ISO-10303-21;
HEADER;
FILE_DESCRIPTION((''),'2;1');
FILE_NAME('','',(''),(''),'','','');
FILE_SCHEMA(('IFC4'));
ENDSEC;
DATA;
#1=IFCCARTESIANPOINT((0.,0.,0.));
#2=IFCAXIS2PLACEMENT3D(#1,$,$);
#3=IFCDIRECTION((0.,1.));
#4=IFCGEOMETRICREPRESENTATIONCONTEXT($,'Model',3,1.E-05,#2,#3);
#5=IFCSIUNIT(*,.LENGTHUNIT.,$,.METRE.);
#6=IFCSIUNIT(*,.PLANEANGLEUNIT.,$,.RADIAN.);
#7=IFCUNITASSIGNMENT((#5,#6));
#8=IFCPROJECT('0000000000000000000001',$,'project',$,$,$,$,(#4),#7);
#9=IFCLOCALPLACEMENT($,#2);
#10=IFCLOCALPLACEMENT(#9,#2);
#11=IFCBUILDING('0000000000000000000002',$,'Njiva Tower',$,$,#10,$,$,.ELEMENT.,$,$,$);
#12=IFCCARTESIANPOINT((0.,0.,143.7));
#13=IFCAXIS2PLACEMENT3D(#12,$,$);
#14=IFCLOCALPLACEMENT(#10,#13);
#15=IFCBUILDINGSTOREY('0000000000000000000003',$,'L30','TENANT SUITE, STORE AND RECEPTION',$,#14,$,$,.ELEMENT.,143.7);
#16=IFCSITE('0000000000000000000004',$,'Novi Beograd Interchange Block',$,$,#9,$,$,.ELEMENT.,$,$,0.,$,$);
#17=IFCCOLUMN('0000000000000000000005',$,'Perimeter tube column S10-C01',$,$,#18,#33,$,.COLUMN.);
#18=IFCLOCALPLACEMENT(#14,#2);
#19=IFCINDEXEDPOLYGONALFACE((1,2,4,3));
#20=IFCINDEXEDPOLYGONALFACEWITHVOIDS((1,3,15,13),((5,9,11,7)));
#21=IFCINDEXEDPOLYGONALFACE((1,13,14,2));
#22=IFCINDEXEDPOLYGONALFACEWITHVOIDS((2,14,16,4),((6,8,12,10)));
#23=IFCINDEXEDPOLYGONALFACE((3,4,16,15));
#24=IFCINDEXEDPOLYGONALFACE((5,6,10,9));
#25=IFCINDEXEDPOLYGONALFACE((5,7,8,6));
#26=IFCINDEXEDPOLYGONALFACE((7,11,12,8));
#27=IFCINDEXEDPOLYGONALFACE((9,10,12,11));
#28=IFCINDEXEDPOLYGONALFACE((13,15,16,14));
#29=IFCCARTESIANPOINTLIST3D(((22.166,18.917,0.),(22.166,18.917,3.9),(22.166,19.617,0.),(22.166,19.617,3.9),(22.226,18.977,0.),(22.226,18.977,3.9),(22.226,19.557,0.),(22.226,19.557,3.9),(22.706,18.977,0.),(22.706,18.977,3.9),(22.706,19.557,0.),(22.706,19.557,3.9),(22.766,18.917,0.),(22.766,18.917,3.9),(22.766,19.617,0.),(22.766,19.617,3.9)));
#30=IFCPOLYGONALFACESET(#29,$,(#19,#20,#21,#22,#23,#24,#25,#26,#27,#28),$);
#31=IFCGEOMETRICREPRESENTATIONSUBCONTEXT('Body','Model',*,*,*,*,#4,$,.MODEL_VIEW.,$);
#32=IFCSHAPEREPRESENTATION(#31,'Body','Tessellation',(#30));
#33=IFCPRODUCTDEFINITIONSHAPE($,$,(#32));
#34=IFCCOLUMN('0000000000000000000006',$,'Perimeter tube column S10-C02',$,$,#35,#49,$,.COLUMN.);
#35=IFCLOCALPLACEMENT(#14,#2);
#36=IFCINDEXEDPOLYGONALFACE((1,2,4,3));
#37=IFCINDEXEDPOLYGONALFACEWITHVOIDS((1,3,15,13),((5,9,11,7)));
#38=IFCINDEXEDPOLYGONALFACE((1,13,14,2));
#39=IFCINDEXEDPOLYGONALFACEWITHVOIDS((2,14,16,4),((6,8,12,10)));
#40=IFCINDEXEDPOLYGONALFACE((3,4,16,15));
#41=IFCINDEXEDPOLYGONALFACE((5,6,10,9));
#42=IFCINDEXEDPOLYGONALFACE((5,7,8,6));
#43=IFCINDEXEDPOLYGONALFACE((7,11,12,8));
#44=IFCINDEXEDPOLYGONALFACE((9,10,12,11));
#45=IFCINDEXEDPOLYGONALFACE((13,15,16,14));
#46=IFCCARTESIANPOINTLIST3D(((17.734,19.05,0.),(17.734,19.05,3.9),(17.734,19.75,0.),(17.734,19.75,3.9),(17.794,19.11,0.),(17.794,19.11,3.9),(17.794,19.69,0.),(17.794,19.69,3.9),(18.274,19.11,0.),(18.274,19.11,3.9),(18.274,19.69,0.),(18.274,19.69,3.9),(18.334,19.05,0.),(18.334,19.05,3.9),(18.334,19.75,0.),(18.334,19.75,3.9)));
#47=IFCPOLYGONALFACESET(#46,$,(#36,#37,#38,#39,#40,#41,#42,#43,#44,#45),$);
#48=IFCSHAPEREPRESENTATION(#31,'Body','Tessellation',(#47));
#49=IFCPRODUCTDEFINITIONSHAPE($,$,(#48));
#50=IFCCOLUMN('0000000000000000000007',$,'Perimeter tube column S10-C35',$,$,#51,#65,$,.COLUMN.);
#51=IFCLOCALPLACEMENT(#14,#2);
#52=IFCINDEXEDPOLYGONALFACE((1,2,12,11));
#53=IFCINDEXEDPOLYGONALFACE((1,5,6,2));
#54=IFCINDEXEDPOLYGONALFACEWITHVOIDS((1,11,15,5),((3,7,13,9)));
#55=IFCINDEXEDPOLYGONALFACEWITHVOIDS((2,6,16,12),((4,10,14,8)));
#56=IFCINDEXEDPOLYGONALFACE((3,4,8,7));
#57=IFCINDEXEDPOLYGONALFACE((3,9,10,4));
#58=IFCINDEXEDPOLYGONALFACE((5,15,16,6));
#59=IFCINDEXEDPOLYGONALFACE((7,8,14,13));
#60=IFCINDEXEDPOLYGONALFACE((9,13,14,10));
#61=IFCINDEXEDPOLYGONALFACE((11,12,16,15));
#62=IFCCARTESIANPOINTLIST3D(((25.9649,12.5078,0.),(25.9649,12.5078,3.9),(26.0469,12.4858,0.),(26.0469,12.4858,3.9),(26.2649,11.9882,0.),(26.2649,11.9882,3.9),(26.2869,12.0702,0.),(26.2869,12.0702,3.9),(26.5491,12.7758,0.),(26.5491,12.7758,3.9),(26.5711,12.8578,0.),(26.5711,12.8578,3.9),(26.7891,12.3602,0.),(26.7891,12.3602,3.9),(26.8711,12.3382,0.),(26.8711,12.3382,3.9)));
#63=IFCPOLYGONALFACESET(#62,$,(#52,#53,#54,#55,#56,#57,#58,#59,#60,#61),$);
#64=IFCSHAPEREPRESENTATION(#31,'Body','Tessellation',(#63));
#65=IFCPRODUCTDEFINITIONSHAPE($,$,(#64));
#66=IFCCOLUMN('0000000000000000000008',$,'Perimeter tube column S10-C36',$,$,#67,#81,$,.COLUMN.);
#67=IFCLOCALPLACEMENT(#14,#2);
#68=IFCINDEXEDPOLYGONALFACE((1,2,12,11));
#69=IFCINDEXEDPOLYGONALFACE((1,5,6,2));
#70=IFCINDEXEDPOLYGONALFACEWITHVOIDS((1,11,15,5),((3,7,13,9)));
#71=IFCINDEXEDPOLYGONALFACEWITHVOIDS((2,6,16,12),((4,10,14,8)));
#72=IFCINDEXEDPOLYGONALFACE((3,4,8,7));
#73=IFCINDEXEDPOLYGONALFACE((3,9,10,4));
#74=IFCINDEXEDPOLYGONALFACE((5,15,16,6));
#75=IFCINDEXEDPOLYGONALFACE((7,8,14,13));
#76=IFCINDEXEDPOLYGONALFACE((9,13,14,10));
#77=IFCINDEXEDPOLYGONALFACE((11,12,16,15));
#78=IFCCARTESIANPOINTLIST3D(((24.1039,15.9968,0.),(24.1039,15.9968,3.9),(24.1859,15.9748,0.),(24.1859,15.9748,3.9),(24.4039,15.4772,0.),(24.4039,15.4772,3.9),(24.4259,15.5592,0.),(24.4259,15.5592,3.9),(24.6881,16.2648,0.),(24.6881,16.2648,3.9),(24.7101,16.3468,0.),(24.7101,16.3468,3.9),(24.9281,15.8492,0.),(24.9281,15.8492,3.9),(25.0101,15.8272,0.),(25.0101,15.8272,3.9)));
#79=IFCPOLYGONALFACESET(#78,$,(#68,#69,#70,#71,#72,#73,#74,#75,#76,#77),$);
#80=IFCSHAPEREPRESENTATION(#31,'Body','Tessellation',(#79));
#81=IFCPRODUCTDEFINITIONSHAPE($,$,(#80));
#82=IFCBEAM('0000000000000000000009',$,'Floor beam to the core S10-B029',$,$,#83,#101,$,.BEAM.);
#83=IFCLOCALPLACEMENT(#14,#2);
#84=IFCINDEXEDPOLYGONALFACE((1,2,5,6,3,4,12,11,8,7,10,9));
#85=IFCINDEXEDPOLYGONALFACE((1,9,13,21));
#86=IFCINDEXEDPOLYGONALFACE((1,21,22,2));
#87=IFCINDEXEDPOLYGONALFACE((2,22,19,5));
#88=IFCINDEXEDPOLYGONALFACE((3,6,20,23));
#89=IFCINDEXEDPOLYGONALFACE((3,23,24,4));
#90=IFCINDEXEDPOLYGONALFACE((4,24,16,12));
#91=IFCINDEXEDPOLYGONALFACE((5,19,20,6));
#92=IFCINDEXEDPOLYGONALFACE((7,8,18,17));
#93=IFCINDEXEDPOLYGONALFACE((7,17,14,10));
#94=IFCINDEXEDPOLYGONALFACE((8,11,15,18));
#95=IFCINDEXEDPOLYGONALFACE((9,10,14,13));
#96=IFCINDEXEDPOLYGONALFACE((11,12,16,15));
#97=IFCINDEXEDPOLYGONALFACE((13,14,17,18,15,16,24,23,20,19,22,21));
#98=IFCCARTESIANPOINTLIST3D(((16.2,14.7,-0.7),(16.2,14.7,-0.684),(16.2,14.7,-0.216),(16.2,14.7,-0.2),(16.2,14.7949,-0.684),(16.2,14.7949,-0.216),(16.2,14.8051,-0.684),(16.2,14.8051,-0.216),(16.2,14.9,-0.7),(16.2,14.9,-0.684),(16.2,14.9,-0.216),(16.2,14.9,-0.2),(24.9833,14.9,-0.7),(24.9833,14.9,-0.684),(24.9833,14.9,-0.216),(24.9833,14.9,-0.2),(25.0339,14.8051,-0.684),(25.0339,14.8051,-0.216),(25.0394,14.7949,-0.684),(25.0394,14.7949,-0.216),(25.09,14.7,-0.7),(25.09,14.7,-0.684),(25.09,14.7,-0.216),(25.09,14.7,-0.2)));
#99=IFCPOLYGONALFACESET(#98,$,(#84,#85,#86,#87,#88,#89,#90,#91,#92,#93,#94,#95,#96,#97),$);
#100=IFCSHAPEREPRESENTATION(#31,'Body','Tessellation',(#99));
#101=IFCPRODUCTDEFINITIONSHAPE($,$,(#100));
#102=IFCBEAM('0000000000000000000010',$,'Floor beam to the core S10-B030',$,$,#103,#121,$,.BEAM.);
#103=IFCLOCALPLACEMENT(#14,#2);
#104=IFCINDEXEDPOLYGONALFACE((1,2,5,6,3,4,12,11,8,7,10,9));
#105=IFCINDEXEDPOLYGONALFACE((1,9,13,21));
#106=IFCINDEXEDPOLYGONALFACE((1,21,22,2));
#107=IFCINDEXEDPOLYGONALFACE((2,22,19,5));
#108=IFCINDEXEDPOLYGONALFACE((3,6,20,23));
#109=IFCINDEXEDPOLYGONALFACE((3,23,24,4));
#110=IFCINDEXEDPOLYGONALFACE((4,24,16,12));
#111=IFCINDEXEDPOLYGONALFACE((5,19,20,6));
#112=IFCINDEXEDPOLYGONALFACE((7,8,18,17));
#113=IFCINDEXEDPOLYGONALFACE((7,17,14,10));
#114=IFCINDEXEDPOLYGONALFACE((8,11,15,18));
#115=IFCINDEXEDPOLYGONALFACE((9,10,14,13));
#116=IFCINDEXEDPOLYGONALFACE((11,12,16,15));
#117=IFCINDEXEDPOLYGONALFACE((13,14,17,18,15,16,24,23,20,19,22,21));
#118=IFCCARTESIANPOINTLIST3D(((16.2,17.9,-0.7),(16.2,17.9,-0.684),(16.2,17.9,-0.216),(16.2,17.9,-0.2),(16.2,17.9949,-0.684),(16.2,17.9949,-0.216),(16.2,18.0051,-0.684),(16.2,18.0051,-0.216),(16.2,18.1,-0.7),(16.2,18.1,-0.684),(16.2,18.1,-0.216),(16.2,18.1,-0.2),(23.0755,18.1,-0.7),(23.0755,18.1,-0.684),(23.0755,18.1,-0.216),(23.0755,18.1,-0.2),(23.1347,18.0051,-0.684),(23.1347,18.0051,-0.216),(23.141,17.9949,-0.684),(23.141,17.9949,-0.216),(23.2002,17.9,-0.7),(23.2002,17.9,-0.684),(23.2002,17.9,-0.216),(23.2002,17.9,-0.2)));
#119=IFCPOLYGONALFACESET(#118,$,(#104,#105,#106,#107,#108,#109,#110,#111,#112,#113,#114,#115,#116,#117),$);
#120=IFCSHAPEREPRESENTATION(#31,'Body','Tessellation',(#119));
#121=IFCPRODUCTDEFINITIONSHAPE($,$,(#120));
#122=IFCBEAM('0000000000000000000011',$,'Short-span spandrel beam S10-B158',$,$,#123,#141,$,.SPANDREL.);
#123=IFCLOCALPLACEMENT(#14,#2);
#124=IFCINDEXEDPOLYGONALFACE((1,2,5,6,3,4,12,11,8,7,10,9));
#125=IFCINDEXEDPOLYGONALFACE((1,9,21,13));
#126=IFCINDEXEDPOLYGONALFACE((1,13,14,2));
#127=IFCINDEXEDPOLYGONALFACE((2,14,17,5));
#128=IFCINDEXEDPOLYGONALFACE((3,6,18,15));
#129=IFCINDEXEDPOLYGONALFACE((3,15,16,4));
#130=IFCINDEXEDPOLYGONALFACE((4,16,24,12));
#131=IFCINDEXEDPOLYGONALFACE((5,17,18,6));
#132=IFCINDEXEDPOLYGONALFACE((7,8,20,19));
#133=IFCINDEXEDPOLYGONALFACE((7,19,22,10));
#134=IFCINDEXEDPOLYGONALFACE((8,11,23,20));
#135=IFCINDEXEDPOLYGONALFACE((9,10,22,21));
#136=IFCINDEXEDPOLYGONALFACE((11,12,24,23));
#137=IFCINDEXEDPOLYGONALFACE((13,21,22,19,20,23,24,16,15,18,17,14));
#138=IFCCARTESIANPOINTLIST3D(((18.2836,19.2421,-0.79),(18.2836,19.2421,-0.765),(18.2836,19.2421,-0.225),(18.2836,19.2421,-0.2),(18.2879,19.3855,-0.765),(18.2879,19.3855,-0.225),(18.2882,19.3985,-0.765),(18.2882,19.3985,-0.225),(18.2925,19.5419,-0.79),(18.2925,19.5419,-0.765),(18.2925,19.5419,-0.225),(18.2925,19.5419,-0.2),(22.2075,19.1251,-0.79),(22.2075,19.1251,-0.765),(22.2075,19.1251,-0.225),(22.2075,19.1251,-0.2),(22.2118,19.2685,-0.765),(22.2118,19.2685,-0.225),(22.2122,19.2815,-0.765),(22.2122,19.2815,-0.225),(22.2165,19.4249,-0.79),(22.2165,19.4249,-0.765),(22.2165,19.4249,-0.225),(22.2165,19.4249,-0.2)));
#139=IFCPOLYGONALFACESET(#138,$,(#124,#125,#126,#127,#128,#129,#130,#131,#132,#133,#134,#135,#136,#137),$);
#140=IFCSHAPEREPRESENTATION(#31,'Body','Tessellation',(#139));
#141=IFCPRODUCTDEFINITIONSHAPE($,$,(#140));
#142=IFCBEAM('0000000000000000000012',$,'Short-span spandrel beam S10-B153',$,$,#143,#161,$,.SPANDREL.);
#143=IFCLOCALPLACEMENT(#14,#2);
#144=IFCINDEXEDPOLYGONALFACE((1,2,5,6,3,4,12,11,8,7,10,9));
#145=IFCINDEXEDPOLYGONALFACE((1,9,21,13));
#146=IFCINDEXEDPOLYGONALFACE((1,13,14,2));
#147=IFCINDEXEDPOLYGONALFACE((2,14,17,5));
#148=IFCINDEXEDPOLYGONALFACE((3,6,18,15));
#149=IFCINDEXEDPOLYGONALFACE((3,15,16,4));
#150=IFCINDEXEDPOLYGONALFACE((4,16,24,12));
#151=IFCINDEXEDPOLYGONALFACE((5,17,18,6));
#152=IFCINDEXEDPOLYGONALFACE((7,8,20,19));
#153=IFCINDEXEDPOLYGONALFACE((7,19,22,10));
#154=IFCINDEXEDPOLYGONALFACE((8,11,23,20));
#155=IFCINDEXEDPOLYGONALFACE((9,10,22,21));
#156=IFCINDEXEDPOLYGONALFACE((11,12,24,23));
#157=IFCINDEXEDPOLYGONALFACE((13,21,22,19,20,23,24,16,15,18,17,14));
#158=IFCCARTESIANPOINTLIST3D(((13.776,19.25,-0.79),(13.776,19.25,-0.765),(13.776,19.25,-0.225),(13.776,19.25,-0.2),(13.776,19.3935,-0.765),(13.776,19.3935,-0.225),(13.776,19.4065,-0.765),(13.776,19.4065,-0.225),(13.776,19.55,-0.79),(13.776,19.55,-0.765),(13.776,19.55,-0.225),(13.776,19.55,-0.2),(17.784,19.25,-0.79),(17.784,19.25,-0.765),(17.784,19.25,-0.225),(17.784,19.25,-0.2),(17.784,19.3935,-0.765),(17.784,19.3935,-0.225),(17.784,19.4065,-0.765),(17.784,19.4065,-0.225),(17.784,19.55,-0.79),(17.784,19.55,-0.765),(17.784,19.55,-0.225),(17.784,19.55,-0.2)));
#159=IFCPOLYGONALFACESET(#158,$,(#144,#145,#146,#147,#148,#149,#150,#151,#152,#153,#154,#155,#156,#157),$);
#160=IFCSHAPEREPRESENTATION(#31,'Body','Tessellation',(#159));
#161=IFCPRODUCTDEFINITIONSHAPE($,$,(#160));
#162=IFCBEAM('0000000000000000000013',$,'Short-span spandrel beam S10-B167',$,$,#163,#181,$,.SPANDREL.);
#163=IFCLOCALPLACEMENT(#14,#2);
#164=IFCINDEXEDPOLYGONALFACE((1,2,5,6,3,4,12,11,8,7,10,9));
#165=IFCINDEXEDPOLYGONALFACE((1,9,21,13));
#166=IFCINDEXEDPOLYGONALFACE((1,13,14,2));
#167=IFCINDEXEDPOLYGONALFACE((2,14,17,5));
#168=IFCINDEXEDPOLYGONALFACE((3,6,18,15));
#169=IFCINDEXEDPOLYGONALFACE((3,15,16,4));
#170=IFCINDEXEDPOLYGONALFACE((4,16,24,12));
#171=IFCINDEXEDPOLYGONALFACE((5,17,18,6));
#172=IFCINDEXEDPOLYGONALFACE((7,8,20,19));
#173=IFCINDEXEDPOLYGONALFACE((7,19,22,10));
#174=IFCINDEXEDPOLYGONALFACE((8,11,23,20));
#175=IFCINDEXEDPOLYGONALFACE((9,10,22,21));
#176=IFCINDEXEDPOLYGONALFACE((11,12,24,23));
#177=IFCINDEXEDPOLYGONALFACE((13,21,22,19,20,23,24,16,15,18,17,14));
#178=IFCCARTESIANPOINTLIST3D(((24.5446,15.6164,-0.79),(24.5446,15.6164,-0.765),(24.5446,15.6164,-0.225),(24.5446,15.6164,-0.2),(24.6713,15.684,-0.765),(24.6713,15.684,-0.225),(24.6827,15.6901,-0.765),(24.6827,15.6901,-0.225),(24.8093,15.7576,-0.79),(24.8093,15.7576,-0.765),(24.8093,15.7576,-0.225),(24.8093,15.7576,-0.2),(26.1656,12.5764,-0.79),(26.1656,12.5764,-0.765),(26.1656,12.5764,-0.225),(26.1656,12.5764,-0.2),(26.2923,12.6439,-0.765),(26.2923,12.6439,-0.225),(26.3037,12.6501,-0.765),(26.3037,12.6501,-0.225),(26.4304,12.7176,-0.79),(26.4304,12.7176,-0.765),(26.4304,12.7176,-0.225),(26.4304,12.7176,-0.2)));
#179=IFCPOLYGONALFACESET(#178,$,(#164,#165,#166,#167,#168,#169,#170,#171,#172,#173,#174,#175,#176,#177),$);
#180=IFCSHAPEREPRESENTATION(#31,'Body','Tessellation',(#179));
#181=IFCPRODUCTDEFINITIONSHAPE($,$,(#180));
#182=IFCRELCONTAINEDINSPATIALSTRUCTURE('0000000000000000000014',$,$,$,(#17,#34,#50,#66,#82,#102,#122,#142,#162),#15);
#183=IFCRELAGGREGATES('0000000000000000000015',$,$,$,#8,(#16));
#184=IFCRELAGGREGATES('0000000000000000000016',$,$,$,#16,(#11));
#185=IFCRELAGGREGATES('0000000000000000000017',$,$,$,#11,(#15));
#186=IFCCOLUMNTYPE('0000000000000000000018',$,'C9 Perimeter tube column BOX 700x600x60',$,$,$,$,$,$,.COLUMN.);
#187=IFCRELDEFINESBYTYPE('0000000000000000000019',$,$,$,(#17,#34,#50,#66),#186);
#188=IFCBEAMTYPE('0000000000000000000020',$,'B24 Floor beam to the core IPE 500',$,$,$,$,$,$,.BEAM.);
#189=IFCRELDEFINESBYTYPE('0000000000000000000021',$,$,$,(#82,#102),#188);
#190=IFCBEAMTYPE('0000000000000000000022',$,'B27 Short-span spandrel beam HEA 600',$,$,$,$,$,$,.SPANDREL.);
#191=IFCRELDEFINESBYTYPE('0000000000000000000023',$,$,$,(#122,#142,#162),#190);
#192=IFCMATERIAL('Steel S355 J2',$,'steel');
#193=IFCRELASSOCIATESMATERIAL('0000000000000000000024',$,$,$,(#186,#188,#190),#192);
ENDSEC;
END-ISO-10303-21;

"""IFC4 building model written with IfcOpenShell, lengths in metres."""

from ifc_helpers import new_model, si_unit, direction, frame, origin, origin_2d, place, context, subcontext, project, spatial, hollow_rectangle, i_section, extrude, clip, halfspace, material, material_profile, profile_set, type_object, element, save


model = new_model("IFC4")

# Units and contexts
model_context = context("Model", 3, precision=1e-05, world=origin(), true_north=direction((0.0, 1.0)))
body_context = subcontext(model_context, "Body", "Model", "MODEL_VIEW")
ifc_project = project(units=[si_unit("LENGTHUNIT", "METRE"), si_unit("PLANEANGLEUNIT", "RADIAN")], contexts=[model_context])

# Site, building, storey
site_placement = place(None, origin())
site = spatial("IfcSite", under=ifc_project, at=site_placement, Name="Novi Beograd Interchange Block", CompositionType="ELEMENT", RefElevation=0.0)
building_placement = place(site_placement, origin())
building = spatial("IfcBuilding", under=site, at=building_placement, Name="Njiva Tower", CompositionType="ELEMENT")
storey_placement = place(building_placement, frame((0.0, 0.0, 143.7)))
storey = spatial("IfcBuildingStorey", under=building, at=storey_placement, Name="L30", Description="TENANT SUITE, STORE AND RECEPTION", CompositionType="ELEMENT", Elevation=143.7)

# Columns
ifc_material_1 = material(Name="Steel S355 J2", Category="steel")
ifc_material_profile_1 = material_profile(ifc_material_1, hollow_rectangle(XDim=0.6, YDim=0.7, WallThickness=0.06, at=origin_2d()), Name="BOX 700x600x60")
ifc_profile_set_1 = profile_set([ifc_material_profile_1], Name="Steel S355 J2")
column_type = type_object("IfcColumnType", Name="C9 Perimeter tube column BOX 700x600x60", PredefinedType="COLUMN", material=ifc_profile_set_1)
for number, where, z_axis, x_axis, name in (
    (1, (22.466, 19.267, 0.0), (0.0, 0.0, 1.0), (-1.0, 0.0, 0.0), "Perimeter tube column S10-C01"),
    (2, (18.034, 19.4, 0.0), (0.0, 0.0, 1.0), (-1.0, 0.0, 0.0), "Perimeter tube column S10-C02"),
    (3, (26.418, 12.423, 0.0), (0.0, 0.0, 1.0), (-0.5, 0.866025, 0.0), "Perimeter tube column S10-C35"),
    (4, (24.557, 15.912, 0.0), (0.0, 0.0, 1.0), (-0.5, 0.866025, 0.0), "Perimeter tube column S10-C36"),
):
    element("IfcColumn", number, at=place(storey_placement, frame(where, z_axis=z_axis, x_axis=x_axis)), inside=storey, type_object=column_type, Name=name, PredefinedType="COLUMN", context=body_context, shape_type="SweptSolid", body=[
        extrude(hollow_rectangle(XDim=0.6, YDim=0.7, WallThickness=0.06, at=origin_2d()), origin(), (0.0, 0.0, 1.0), 3.9),
    ])

# Beams
ifc_material_profile_2 = material_profile(ifc_material_1, i_section(OverallWidth=0.2, OverallDepth=0.5, WebThickness=0.0102, FlangeThickness=0.016, at=origin_2d()), Name="IPE 500")
ifc_profile_set_2 = profile_set([ifc_material_profile_2], Name="Steel S355 J2")
beam_type_1 = type_object("IfcBeamType", Name="B24 Floor beam to the core IPE 500", PredefinedType="BEAM", material=ifc_profile_set_2)
beam_1_placement = place(storey_placement, frame((16.2, 14.8, -0.45), z_axis=(1.0, 0.0, 0.0), x_axis=(0.0, 1.0, 0.0)))
element("IfcBeam", 5, at=beam_1_placement, inside=storey, type_object=beam_type_1, Name="Floor beam to the core S10-B029", PredefinedType="BEAM", context=body_context, shape_type="Clipping", body=[
    clip(extrude(i_section(OverallWidth=0.2, OverallDepth=0.5, WebThickness=0.0102, FlangeThickness=0.016, at=origin_2d()), origin(), (0.0, 0.0, 1.0), 8.91), halfspace(frame((0.0235, 0.0, 8.8241), z_axis=(0.470559, 0.0, 0.882368), x_axis=(0.0, 1.0, 0.0)), False)),
])
beam_2_placement = place(storey_placement, frame((16.2, 18.0, -0.45), z_axis=(1.0, 0.0, 0.0), x_axis=(0.0, 1.0, 0.0)))
element("IfcBeam", 6, at=beam_2_placement, inside=storey, type_object=beam_type_1, Name="Floor beam to the core S10-B030", PredefinedType="BEAM", context=body_context, shape_type="Clipping", body=[
    clip(extrude(i_section(OverallWidth=0.2, OverallDepth=0.5, WebThickness=0.0102, FlangeThickness=0.016, at=origin_2d()), origin(), (0.0, 0.0, 1.0), 7.02), halfspace(frame((0.0264, 0.0, 6.9214), z_axis=(0.528871, 0.0, 0.848702), x_axis=(0.0, 1.0, 0.0)), False)),
])
ifc_material_profile_3 = material_profile(ifc_material_1, i_section(OverallWidth=0.3, OverallDepth=0.59, WebThickness=0.013, FlangeThickness=0.025, at=origin_2d()), Name="HEA 600")
ifc_profile_set_3 = profile_set([ifc_material_profile_3], Name="Steel S355 J2")
beam_type_2 = type_object("IfcBeamType", Name="B27 Short-span spandrel beam HEA 600", PredefinedType="SPANDREL", material=ifc_profile_set_3)
beam_3_placement = place(storey_placement, frame((22.212, 19.275, -0.495), z_axis=(-0.999556, 0.029803, 0.0), x_axis=(-0.029803, -0.999556, 0.0)))
element("IfcBeam", 7, at=beam_3_placement, inside=storey, type_object=beam_type_2, Name="Short-span spandrel beam S10-B158", PredefinedType="SPANDREL", context=body_context, shape_type="SweptSolid", body=[
    extrude(i_section(OverallWidth=0.3, OverallDepth=0.59, WebThickness=0.013, FlangeThickness=0.025, at=origin_2d()), origin(), (0.0, 0.0, 1.0), 3.9257),
])
beam_4_placement = place(storey_placement, frame((17.784, 19.4, -0.495), z_axis=(-1.0, 0.0, 0.0), x_axis=(0.0, -1.0, 0.0)))
element("IfcBeam", 8, at=beam_4_placement, inside=storey, type_object=beam_type_2, Name="Short-span spandrel beam S10-B153", PredefinedType="SPANDREL", context=body_context, shape_type="SweptSolid", body=[
    extrude(i_section(OverallWidth=0.3, OverallDepth=0.59, WebThickness=0.013, FlangeThickness=0.025, at=origin_2d()), origin(), (0.0, 0.0, 1.0), 4.008),
])
beam_5_placement = place(storey_placement, frame((26.298, 12.647, -0.495), z_axis=(-0.470513, 0.882393, 0.0), x_axis=(-0.882393, -0.470513, 0.0)))
element("IfcBeam", 9, at=beam_5_placement, inside=storey, type_object=beam_type_2, Name="Short-span spandrel beam S10-B167", PredefinedType="SPANDREL", context=body_context, shape_type="SweptSolid", body=[
    extrude(i_section(OverallWidth=0.3, OverallDepth=0.59, WebThickness=0.013, FlangeThickness=0.025, at=origin_2d()), origin(), (0.0, 0.0, 1.0), 3.4452),
])

save(model, "model.ifc")
